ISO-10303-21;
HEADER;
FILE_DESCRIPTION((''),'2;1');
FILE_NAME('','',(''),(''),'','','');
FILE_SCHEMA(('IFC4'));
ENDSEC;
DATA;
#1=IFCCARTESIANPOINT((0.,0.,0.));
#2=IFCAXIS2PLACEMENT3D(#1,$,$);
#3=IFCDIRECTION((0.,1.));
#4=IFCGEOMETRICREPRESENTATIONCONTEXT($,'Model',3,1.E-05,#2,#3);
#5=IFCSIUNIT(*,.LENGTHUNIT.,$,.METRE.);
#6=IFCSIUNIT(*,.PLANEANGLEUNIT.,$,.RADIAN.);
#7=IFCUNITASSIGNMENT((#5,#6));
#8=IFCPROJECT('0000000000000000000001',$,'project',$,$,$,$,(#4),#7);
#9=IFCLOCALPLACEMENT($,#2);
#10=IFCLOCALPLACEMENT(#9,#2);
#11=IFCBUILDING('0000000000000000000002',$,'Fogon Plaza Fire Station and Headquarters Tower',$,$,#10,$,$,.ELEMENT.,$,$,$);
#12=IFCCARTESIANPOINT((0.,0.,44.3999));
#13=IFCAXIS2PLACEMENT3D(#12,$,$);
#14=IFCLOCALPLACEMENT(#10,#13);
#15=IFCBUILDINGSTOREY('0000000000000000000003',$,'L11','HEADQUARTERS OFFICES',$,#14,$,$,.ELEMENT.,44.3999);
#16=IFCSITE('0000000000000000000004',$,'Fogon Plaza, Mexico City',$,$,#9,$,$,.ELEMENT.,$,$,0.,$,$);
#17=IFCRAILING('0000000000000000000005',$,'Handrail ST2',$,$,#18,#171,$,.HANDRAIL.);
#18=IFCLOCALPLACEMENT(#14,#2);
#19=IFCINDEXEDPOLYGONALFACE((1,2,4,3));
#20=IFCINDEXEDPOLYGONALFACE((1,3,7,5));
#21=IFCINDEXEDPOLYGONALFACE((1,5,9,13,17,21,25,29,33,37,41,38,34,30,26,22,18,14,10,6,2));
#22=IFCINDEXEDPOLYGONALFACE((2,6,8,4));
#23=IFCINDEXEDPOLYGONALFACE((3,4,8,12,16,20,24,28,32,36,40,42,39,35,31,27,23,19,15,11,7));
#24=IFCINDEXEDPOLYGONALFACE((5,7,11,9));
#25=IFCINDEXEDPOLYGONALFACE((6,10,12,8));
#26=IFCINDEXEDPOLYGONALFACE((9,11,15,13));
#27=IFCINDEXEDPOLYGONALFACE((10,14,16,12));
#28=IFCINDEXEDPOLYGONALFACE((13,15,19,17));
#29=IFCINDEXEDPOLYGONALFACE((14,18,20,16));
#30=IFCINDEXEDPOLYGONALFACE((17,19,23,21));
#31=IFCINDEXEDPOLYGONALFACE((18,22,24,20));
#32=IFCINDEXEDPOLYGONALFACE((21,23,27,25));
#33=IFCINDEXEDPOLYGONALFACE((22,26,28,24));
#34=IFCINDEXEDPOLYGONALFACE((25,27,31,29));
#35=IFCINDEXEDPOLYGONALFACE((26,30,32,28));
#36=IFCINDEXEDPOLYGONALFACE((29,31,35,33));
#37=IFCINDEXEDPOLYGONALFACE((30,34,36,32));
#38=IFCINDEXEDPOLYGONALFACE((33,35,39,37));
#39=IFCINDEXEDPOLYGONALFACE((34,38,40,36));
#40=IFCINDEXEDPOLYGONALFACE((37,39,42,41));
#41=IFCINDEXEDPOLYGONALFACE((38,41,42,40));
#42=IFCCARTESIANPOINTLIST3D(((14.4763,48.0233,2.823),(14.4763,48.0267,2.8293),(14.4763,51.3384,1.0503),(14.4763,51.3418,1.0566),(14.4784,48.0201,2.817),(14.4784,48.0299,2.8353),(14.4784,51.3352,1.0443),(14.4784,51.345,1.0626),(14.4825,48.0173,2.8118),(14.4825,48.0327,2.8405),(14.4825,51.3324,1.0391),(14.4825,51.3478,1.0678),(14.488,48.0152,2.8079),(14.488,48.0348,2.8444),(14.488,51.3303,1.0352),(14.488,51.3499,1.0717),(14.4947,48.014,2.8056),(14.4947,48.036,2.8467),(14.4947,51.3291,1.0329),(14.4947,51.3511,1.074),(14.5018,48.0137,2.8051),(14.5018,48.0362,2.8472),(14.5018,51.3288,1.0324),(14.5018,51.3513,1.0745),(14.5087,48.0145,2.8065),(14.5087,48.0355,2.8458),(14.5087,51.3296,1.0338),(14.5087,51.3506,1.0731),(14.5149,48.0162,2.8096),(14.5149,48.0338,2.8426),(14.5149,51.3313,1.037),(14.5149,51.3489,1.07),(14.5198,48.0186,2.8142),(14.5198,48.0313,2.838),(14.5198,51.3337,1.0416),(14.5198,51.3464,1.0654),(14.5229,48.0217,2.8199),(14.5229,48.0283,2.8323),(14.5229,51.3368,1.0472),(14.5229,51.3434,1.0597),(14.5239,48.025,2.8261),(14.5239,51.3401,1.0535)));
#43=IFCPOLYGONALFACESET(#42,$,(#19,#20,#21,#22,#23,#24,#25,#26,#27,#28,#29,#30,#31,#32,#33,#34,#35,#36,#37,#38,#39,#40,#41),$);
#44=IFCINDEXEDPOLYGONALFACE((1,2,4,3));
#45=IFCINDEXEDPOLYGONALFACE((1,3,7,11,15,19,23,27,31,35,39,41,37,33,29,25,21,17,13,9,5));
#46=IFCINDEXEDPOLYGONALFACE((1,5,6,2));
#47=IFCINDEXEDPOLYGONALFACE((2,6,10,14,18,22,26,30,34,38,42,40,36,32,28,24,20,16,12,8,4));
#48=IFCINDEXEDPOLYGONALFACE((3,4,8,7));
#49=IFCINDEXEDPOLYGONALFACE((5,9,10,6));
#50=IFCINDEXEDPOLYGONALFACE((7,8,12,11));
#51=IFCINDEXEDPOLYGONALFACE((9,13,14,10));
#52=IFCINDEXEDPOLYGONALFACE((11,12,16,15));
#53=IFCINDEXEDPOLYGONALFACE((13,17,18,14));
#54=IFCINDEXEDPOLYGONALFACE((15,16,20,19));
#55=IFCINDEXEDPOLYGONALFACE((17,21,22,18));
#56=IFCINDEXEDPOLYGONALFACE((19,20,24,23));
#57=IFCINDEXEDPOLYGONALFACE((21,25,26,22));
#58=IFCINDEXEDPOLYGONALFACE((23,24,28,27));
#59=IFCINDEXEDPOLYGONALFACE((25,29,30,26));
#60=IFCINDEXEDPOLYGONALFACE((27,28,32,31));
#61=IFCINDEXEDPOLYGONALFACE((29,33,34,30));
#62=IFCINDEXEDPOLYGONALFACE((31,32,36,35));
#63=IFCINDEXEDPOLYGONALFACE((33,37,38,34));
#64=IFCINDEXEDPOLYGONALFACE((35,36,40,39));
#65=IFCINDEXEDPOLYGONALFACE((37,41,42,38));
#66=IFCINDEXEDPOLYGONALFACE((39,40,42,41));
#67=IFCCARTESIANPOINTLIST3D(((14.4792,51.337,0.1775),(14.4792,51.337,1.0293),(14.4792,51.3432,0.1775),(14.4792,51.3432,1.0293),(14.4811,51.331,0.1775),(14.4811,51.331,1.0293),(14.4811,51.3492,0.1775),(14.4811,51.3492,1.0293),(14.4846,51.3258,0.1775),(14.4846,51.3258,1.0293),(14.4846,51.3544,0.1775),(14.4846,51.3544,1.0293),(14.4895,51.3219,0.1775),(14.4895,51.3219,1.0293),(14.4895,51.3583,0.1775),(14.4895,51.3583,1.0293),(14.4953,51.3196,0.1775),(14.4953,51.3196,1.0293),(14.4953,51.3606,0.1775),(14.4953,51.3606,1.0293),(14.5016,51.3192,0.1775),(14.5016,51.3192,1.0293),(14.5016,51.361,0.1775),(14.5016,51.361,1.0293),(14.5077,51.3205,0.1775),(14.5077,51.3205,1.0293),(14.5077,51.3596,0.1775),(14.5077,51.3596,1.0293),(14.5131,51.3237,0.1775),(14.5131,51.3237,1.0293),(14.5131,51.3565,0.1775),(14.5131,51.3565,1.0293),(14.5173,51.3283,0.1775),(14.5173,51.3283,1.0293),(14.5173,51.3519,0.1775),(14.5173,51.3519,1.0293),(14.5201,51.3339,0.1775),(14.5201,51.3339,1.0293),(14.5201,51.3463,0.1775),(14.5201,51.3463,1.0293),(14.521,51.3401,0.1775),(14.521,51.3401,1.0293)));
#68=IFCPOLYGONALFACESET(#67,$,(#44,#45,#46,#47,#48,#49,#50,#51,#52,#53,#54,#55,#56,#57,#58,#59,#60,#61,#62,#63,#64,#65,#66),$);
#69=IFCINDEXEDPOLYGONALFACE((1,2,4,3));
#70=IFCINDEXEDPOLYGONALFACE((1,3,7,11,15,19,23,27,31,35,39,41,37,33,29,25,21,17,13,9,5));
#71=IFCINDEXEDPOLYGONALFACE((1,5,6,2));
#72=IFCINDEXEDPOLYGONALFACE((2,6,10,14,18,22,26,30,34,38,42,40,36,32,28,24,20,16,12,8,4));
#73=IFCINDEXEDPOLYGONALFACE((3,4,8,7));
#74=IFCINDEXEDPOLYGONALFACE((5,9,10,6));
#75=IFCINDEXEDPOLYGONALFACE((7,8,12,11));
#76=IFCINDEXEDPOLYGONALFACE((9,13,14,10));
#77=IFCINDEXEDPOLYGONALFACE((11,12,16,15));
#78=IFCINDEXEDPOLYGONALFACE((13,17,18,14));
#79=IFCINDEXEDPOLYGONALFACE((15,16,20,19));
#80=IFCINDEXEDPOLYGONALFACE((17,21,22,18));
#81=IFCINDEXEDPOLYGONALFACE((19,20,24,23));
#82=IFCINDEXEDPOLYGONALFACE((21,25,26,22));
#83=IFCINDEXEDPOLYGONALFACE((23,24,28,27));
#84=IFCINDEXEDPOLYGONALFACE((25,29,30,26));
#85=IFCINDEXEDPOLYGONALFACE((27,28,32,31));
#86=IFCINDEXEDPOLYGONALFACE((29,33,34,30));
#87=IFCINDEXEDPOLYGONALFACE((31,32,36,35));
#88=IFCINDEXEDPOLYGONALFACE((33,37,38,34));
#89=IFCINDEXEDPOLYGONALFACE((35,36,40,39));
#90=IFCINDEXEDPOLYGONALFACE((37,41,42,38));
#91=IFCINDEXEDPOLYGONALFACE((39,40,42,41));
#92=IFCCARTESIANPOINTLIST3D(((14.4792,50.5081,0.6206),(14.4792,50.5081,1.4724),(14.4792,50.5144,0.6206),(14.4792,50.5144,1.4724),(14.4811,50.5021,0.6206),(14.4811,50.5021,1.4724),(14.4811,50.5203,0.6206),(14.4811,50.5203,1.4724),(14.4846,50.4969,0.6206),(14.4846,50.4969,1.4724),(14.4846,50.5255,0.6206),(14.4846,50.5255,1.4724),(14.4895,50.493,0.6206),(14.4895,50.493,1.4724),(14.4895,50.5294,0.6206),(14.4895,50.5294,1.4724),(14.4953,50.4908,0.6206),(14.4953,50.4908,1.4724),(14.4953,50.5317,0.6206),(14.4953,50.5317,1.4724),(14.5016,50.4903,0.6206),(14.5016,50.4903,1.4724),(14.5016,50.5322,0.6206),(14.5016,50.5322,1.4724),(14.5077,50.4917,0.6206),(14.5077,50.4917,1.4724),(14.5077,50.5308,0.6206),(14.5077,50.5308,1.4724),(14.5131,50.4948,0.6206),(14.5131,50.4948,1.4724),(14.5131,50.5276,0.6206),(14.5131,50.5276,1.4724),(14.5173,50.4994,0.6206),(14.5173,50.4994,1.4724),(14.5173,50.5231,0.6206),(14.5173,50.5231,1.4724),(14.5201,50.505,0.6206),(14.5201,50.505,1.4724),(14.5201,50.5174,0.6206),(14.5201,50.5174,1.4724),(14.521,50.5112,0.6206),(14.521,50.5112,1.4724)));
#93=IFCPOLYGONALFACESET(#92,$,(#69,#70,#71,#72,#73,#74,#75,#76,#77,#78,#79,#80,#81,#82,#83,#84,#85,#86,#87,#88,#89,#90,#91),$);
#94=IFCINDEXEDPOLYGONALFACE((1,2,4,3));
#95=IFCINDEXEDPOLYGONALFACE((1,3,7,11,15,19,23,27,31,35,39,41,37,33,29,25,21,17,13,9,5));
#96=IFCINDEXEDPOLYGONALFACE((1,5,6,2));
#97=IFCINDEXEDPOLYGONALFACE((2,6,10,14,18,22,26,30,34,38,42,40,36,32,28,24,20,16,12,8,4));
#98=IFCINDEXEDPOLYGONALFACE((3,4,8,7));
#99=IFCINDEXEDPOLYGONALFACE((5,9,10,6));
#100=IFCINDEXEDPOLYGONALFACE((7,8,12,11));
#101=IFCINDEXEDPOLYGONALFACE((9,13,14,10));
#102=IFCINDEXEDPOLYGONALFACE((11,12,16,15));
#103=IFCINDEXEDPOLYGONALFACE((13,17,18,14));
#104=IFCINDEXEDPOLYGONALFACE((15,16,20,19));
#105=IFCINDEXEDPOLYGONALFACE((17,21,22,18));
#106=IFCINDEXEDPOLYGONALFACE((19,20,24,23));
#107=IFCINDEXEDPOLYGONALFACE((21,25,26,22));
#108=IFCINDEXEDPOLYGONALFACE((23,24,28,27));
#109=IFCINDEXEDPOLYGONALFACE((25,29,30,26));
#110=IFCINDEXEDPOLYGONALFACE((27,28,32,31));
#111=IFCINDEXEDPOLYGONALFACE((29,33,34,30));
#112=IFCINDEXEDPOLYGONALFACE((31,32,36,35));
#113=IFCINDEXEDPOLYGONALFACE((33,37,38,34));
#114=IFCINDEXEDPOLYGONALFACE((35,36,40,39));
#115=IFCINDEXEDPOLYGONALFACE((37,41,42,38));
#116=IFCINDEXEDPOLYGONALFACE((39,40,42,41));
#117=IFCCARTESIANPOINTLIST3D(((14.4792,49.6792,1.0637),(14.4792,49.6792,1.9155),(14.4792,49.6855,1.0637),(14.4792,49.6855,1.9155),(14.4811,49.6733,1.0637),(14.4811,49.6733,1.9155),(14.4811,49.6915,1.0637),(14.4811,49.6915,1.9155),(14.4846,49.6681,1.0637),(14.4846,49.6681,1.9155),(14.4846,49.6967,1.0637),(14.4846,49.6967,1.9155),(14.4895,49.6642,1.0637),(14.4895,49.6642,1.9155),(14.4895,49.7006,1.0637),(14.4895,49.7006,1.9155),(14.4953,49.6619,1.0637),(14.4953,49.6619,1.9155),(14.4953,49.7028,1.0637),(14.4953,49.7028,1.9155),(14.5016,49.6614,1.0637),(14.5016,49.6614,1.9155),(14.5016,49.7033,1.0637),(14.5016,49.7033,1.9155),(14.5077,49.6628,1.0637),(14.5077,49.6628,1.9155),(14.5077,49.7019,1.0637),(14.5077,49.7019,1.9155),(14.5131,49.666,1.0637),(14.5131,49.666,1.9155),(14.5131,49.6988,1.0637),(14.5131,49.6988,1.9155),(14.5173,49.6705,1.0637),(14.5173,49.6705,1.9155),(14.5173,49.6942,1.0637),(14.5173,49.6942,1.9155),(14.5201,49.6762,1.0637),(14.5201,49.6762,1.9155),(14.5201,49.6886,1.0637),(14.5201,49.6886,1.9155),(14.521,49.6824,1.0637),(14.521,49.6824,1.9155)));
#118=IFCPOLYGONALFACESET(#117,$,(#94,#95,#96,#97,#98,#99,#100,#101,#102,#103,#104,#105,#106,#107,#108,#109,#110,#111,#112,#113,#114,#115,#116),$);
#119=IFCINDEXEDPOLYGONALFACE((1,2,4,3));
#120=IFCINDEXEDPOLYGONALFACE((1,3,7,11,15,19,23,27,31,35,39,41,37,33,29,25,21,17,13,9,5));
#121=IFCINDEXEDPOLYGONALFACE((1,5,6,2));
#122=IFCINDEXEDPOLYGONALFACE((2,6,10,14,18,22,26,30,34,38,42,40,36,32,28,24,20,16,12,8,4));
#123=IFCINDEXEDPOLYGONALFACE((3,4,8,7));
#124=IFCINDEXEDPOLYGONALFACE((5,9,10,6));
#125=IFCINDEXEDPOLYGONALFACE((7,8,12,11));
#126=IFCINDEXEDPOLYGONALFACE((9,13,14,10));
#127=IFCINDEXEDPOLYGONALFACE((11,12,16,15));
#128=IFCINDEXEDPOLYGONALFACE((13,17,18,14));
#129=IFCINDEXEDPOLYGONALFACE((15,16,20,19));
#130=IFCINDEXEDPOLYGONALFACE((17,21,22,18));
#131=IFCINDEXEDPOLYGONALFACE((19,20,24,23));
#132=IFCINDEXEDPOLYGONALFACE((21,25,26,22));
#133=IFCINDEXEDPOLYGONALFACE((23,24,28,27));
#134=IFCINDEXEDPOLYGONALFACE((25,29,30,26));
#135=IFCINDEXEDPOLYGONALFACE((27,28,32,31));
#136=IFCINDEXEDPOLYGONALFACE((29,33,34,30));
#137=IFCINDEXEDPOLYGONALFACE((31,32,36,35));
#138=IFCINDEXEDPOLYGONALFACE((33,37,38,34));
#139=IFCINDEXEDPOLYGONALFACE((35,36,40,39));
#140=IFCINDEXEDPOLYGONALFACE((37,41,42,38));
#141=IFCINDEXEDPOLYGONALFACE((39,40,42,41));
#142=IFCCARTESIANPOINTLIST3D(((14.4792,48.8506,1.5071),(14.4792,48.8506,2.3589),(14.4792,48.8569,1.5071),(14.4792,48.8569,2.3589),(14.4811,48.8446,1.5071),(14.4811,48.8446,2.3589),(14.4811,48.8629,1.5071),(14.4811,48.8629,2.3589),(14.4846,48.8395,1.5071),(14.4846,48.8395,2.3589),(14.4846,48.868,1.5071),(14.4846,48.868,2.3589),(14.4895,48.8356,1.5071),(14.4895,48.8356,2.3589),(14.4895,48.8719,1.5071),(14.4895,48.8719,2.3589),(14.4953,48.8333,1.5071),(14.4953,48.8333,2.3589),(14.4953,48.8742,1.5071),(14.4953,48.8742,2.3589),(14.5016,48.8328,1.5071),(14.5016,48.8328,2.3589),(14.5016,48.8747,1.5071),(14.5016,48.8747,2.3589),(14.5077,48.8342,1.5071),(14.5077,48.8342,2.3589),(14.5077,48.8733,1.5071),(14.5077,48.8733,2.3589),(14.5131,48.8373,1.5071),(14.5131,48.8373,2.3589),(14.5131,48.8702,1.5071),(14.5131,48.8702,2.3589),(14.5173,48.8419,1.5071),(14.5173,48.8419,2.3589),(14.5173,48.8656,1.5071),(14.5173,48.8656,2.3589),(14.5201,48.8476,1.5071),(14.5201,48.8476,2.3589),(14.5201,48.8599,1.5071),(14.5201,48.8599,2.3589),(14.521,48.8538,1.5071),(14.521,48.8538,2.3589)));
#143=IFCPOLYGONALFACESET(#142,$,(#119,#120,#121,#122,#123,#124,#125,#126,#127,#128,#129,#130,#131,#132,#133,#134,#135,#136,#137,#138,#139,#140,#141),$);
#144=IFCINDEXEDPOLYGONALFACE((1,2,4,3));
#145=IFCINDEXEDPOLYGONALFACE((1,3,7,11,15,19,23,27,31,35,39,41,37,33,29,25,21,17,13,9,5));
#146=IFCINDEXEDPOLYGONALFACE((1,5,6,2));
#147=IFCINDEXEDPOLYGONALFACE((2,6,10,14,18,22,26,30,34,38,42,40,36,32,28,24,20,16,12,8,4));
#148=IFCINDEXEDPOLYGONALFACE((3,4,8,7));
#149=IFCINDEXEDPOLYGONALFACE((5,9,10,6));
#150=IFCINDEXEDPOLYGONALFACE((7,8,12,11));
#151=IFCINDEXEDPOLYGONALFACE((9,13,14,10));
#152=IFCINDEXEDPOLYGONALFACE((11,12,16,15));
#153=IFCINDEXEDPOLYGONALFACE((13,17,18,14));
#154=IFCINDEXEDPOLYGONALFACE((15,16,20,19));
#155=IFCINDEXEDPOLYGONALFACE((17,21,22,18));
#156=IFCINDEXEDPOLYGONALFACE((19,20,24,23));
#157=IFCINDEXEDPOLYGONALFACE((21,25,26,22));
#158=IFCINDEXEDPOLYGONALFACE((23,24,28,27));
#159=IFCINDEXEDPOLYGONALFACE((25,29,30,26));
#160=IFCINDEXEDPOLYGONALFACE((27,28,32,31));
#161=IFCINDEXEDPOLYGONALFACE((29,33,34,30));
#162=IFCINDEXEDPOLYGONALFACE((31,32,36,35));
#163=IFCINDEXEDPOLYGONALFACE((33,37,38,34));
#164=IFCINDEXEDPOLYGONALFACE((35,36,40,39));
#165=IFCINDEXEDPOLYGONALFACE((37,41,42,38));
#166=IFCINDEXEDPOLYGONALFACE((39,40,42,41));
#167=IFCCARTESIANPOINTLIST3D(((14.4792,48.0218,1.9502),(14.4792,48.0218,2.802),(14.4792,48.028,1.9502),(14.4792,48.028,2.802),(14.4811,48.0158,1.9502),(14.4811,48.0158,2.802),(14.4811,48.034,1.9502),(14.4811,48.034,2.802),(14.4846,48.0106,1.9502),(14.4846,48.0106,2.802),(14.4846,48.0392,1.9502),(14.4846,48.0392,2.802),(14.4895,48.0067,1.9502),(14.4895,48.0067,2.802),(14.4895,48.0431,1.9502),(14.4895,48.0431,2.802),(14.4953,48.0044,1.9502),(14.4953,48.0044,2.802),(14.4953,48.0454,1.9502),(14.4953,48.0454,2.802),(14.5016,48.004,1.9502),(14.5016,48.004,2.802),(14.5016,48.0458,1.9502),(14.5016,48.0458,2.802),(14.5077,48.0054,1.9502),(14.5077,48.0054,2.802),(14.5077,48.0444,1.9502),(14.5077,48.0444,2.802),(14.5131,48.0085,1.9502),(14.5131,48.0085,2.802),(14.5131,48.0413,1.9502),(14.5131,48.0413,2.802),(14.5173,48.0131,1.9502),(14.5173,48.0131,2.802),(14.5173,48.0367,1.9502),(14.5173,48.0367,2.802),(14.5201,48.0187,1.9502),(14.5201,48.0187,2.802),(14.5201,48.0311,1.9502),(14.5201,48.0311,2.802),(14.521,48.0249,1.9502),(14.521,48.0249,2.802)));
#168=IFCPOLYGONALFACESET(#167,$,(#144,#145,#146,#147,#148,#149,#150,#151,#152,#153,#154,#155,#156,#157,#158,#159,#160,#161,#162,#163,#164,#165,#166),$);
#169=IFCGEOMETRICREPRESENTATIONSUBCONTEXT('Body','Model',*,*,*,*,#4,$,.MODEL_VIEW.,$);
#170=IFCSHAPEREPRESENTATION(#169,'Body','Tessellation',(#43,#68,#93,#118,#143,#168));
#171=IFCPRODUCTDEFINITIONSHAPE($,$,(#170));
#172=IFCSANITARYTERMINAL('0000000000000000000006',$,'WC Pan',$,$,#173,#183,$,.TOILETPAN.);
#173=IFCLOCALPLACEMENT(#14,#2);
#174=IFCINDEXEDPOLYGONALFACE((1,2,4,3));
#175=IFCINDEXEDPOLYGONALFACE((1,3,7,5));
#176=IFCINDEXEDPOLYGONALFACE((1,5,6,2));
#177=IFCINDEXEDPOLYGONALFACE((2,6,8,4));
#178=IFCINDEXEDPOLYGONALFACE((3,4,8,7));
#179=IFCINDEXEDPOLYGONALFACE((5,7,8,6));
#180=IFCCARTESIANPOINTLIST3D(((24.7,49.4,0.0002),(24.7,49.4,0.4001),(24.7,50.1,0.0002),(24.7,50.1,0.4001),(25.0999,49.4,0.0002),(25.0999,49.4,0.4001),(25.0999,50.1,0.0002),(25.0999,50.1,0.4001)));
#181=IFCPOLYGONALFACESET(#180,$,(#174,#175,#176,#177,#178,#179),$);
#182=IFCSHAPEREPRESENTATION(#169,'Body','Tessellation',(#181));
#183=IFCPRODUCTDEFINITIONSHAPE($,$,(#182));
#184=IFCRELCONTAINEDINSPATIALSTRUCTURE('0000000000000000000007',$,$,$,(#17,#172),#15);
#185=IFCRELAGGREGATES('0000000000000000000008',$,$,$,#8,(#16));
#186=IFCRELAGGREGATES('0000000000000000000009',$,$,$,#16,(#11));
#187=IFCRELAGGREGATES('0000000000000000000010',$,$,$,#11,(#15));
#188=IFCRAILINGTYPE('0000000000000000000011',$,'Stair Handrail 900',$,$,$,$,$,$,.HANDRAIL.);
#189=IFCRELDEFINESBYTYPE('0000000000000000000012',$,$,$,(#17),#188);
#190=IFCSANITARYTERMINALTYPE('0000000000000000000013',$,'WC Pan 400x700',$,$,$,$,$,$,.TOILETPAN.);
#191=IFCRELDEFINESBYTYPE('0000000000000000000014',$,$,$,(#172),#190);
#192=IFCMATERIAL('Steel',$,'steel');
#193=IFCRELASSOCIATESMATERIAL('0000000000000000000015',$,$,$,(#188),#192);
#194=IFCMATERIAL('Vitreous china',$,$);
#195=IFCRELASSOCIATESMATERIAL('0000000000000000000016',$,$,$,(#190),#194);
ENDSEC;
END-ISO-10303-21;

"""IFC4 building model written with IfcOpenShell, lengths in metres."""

from ifc_helpers import new_model, si_unit, direction, frame, origin, origin_2d, place, context, subcontext, project, spatial, rectangle, circle, extrude, material, type_object, element, save


model = new_model("IFC4")

# Units and contexts
model_context = context("Model", 3, precision=1e-05, world=origin(), true_north=direction((0.0, 1.0)))
body_context = subcontext(model_context, "Body", "Model", "MODEL_VIEW")
ifc_project = project(units=[si_unit("LENGTHUNIT", "METRE"), si_unit("PLANEANGLEUNIT", "RADIAN")], contexts=[model_context])

# Site, building, storey
site_placement = place(None, origin())
site = spatial("IfcSite", under=ifc_project, at=site_placement, Name="Fogon Plaza, Mexico City", CompositionType="ELEMENT", RefElevation=0.0)
building_placement = place(site_placement, origin())
building = spatial("IfcBuilding", under=site, at=building_placement, Name="Fogon Plaza Fire Station and Headquarters Tower", CompositionType="ELEMENT")
storey_placement = place(building_placement, frame((0.0, 0.0, 44.3999)))
storey = spatial("IfcBuildingStorey", under=building, at=storey_placement, Name="L11", Description="HEADQUARTERS OFFICES", CompositionType="ELEMENT", Elevation=44.3999)

# Railing
ifc_material_1 = material(Name="Steel", Category="steel")
railing_type = type_object("IfcRailingType", Name="Stair Handrail 900", PredefinedType="HANDRAIL", material=ifc_material_1)
for number, where, name in (
    (1, (14.5, 51.3401, 0.1775), "Handrail ST2"),
):
    element("IfcRailing", number, at=place(storey_placement, frame(where)), inside=storey, type_object=railing_type, Name=name, PredefinedType="HANDRAIL", context=body_context, shape_type="SweptSolid", body=[
        extrude(circle(Radius=0.0239, at=origin_2d()), frame((0.0, 0.0, 0.876), z_axis=(0.0, -0.881844, 0.471542), x_axis=(1.0, 0.0, 0.0)), (0.0, 0.0, 1.0), 3.7593),
        extrude(circle(Radius=0.021, at=origin_2d()), origin(), (0.0, 0.0, 1.0), 0.8518),
        extrude(circle(Radius=0.021, at=origin_2d()), frame((0.0, -0.8289, 0.4431)), (0.0, 0.0, 1.0), 0.8518),
        extrude(circle(Radius=0.021, at=origin_2d()), frame((0.0, -1.6577, 0.8862)), (0.0, 0.0, 1.0), 0.8518),
        extrude(circle(Radius=0.021, at=origin_2d()), frame((0.0, -2.4863, 1.3296)), (0.0, 0.0, 1.0), 0.8518),
        extrude(circle(Radius=0.021, at=origin_2d()), frame((0.0, -3.3152, 1.7727)), (0.0, 0.0, 1.0), 0.8518),
    ])

# Sanitary terminal
ifc_material_2 = material(Name="Vitreous china")
sanitary_terminal_type = type_object("IfcSanitaryTerminalType", Name="WC Pan 400x700", PredefinedType="TOILETPAN", material=ifc_material_2)
sanitary_terminal_placement = place(storey_placement, frame((24.8999, 49.75, 0.0002), z_axis=(0.0, 0.0, 1.0), x_axis=(1.0, 0.0, 0.0)))
element("IfcSanitaryTerminal", 2, at=sanitary_terminal_placement, inside=storey, type_object=sanitary_terminal_type, Name="WC Pan", PredefinedType="TOILETPAN", context=body_context, shape_type="SweptSolid", body=[
    extrude(rectangle(XDim=0.3999, YDim=0.7, at=origin_2d()), origin(), (0.0, 0.0, 1.0), 0.3999),
])

save(model, "model.ifc")
